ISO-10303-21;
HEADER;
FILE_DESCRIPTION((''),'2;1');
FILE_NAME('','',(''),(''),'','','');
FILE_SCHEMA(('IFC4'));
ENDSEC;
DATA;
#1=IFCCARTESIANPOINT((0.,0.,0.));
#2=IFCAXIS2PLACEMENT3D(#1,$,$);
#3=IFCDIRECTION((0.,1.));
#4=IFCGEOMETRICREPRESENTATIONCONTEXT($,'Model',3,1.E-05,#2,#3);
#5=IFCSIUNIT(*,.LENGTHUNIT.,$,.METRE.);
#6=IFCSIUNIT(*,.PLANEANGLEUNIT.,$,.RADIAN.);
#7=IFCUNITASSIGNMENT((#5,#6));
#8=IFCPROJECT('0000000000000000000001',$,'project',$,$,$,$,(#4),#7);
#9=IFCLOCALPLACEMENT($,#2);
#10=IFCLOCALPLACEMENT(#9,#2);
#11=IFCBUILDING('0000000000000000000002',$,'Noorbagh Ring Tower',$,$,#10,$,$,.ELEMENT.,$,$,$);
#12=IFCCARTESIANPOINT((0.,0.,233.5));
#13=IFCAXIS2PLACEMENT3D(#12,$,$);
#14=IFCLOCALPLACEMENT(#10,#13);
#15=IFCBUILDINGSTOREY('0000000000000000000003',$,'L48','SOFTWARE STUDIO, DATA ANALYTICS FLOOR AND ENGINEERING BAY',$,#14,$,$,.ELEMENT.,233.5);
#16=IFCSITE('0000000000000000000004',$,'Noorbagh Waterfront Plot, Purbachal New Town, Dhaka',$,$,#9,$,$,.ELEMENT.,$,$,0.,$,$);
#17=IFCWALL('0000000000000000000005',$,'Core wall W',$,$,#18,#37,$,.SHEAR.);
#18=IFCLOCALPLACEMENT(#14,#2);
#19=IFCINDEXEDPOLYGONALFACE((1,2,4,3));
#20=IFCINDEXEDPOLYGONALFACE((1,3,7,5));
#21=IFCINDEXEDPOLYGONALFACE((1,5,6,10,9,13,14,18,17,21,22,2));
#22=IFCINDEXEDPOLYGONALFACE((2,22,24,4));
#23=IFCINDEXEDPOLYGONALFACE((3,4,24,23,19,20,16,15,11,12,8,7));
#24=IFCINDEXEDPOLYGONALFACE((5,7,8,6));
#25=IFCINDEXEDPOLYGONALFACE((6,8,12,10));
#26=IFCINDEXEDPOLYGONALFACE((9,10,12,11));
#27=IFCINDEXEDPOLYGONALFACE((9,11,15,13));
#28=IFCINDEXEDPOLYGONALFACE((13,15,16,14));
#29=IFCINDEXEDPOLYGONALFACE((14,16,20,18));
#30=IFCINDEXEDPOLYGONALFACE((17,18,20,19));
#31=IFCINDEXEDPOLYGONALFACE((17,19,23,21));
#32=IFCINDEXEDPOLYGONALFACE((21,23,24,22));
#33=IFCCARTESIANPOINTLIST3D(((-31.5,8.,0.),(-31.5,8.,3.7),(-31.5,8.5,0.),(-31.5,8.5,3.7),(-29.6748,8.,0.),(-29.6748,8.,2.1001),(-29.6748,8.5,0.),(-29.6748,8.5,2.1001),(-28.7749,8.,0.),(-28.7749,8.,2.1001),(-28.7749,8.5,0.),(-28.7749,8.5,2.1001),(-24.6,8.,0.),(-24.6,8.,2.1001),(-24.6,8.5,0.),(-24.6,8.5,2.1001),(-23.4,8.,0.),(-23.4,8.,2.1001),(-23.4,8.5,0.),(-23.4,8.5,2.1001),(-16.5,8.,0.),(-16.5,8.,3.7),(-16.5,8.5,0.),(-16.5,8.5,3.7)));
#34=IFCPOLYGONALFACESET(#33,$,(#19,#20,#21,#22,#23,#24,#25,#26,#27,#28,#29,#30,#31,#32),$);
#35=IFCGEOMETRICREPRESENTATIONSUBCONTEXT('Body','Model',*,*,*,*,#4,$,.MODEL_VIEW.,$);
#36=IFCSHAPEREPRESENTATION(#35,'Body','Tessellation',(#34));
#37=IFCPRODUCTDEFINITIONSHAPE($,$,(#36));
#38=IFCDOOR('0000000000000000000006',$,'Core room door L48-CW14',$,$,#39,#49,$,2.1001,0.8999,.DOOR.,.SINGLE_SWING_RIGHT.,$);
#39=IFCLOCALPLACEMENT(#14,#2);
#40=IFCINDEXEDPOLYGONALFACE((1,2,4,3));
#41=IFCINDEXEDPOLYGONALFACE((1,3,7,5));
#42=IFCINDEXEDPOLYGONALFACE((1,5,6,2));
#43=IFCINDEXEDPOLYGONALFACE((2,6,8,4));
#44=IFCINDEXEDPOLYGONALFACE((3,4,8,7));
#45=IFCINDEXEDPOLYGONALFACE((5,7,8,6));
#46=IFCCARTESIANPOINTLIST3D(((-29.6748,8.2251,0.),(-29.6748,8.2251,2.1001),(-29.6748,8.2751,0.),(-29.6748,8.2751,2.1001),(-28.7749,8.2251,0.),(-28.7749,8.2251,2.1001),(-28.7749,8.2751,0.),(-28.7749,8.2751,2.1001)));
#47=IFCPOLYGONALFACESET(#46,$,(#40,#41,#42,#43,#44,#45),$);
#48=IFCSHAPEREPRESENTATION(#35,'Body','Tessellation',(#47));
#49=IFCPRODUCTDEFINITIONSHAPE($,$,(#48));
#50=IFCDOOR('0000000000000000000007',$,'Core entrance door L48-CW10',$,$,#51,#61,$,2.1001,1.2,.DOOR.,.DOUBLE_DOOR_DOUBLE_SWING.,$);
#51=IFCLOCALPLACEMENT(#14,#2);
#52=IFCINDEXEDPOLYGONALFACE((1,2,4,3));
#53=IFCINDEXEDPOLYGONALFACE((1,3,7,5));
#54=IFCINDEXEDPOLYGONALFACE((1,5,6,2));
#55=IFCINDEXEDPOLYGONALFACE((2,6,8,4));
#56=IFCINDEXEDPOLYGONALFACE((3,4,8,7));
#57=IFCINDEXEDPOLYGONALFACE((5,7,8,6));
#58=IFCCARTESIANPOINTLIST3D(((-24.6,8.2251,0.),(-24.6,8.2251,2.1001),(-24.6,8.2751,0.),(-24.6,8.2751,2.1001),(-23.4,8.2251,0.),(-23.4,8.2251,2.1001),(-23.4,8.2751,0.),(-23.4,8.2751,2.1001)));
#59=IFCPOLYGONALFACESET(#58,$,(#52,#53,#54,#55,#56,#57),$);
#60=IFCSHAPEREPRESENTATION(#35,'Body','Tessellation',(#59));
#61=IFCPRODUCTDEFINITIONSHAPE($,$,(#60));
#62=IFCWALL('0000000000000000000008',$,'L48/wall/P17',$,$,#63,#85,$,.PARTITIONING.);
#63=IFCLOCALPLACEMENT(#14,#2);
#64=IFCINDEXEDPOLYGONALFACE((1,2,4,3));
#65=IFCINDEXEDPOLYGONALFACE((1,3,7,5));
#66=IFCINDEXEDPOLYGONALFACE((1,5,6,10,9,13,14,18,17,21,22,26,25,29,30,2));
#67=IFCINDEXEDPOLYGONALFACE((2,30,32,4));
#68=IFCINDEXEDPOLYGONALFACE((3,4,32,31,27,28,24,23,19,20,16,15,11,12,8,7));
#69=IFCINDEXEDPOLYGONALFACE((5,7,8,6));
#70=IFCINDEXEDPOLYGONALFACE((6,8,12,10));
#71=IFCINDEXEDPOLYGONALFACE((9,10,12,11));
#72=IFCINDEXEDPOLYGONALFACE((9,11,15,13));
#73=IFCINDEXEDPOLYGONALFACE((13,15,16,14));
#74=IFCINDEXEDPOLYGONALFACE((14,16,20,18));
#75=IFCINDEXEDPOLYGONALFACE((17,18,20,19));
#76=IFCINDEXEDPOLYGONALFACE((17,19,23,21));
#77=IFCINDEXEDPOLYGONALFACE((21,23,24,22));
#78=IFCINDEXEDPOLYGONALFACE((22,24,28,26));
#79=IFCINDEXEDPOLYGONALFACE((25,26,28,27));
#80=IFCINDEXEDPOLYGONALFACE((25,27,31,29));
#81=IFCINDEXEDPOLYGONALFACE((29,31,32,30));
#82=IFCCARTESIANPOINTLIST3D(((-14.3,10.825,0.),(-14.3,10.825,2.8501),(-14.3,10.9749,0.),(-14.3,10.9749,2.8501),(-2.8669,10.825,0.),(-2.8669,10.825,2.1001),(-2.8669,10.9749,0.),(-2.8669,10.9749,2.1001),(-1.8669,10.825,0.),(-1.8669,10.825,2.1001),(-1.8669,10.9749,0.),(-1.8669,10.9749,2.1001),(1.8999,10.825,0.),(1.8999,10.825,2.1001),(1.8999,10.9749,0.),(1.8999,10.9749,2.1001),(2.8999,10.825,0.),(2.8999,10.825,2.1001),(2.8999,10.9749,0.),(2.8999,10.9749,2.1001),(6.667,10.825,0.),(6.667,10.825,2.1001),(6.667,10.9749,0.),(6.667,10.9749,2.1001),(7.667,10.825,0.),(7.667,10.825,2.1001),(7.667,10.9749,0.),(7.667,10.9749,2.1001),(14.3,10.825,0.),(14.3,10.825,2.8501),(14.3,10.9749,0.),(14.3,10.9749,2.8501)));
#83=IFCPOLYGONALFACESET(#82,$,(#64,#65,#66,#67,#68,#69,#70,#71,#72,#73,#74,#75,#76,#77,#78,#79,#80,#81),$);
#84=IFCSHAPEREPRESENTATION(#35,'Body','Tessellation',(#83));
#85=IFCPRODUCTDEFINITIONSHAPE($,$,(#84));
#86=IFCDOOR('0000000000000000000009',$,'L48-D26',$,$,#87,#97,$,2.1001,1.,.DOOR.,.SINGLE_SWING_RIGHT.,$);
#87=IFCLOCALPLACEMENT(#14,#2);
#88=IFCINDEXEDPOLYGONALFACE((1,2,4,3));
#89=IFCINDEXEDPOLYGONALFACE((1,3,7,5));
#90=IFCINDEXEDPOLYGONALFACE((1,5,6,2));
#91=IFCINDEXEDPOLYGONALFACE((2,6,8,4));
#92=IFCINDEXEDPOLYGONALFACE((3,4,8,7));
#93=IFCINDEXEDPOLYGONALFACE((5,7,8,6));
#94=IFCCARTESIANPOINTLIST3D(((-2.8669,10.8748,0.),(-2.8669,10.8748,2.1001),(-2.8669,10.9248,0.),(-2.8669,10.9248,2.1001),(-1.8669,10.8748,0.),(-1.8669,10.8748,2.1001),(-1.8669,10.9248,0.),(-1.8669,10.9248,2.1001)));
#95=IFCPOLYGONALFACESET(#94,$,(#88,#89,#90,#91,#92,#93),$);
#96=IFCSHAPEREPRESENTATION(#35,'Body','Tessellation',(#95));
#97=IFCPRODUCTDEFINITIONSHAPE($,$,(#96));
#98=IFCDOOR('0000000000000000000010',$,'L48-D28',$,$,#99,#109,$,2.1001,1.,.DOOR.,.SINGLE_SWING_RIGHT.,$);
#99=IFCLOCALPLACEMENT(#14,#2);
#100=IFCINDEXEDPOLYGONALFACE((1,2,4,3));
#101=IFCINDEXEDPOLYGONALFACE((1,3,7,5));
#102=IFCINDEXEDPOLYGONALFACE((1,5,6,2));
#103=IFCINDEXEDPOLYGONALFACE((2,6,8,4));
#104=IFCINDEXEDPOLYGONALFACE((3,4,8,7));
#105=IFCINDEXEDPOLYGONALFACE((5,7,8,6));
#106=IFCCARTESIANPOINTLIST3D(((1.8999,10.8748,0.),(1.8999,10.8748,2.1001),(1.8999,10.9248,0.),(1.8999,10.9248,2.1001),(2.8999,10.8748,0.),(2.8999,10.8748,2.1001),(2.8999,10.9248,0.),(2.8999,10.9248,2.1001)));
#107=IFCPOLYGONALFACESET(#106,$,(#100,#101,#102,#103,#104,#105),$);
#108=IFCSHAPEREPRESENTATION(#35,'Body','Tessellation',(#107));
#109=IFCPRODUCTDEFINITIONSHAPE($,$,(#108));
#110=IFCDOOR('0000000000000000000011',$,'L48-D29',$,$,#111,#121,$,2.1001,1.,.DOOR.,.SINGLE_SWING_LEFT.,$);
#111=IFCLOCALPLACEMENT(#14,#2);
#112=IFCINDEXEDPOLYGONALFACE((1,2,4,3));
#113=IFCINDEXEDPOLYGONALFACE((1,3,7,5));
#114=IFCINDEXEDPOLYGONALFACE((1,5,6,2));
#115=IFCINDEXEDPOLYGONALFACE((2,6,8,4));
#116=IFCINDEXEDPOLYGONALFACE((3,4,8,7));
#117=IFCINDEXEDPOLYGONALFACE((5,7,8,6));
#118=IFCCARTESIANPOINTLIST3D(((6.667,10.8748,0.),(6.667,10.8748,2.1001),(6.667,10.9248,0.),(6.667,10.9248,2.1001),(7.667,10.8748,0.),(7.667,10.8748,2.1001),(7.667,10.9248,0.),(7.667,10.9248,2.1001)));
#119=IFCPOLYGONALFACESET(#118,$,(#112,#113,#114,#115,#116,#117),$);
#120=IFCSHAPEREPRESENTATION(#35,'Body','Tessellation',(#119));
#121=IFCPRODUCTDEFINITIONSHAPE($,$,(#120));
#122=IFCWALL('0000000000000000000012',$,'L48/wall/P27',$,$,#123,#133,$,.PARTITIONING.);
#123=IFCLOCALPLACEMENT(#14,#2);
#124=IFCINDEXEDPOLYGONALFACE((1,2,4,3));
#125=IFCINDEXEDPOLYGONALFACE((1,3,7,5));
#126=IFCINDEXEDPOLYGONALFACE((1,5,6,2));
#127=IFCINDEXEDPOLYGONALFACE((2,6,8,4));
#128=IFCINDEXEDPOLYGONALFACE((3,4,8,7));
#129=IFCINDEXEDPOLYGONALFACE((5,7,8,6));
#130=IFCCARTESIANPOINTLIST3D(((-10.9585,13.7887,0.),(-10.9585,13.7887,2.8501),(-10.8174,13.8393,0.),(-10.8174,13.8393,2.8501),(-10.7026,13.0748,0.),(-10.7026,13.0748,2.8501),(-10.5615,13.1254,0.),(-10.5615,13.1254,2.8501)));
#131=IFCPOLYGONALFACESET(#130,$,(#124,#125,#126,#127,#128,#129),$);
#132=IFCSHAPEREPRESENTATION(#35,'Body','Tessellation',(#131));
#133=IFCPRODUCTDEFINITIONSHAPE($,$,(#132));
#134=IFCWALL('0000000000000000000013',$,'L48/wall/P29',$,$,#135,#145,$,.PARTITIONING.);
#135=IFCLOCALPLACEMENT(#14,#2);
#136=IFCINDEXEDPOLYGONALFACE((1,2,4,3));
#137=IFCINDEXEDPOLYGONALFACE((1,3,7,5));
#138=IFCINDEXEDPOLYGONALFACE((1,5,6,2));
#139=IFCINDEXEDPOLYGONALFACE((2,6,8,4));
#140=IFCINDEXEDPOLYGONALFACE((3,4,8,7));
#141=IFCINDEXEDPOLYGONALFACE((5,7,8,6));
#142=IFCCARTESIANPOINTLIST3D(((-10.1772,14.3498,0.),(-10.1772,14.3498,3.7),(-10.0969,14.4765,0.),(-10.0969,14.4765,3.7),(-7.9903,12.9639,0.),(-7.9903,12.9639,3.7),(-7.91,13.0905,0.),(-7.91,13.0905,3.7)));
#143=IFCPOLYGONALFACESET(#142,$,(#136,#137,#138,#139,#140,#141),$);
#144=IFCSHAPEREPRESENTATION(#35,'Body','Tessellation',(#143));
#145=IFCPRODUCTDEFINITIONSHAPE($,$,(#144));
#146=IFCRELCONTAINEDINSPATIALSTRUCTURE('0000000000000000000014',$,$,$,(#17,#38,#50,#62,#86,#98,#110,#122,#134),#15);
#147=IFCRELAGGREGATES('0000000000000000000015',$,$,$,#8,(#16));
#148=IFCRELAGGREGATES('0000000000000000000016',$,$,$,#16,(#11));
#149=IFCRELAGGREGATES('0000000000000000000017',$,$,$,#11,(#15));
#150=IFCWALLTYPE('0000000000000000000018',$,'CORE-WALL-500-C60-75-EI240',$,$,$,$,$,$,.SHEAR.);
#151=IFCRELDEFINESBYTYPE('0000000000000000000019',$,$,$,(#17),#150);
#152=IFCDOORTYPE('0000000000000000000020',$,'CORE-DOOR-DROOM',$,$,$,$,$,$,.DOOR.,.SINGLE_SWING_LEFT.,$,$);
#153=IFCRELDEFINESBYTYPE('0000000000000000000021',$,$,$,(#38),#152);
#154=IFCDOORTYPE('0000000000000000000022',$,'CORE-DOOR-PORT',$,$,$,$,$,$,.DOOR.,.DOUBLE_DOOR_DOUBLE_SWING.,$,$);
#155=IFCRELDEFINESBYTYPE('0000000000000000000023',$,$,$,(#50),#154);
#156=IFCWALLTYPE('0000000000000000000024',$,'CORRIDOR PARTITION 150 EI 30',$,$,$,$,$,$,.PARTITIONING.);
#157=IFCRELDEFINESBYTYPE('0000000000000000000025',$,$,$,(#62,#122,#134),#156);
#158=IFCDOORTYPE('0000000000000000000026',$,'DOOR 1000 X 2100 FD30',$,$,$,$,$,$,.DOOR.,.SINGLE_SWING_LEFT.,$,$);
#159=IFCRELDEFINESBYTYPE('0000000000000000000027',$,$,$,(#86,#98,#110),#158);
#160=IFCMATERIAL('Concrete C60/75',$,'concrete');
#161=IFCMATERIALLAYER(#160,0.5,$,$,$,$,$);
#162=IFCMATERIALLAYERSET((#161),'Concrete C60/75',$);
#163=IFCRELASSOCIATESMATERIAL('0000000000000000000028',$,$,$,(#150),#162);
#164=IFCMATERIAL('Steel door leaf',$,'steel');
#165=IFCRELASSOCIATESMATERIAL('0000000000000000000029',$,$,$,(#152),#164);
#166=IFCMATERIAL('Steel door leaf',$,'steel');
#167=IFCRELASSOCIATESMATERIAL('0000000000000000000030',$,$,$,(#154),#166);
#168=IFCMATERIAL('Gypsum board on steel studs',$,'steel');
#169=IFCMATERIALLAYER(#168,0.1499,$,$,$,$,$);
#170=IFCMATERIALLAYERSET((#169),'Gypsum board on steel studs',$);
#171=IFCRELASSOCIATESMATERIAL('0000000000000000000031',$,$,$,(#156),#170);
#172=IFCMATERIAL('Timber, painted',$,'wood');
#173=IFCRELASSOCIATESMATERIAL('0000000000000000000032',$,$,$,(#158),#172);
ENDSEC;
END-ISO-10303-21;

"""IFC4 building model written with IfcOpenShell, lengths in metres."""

from ifc_helpers import new_model, si_unit, direction, frame, frame_2d, origin, place, context, subcontext, project, spatial, rectangle, extrude, material, layer, layer_set, type_object, element, fill, save


model = new_model("IFC4")

# Units and contexts
model_context = context("Model", 3, precision=1e-05, world=origin(), true_north=direction((0.0, 1.0)))
body_context = subcontext(model_context, "Body", "Model", "MODEL_VIEW")
ifc_project = project(units=[si_unit("LENGTHUNIT", "METRE"), si_unit("PLANEANGLEUNIT", "RADIAN")], contexts=[model_context])

# Site, building, storey
site_placement = place(None, origin())
site = spatial("IfcSite", under=ifc_project, at=site_placement, Name="Noorbagh Waterfront Plot, Purbachal New Town, Dhaka", CompositionType="ELEMENT", RefElevation=0.0)
building_placement = place(site_placement, origin())
building = spatial("IfcBuilding", under=site, at=building_placement, Name="Noorbagh Ring Tower", CompositionType="ELEMENT")
storey_placement = place(building_placement, frame((0.0, 0.0, 233.5)))
storey = spatial("IfcBuildingStorey", under=building, at=storey_placement, Name="L48", Description="SOFTWARE STUDIO, DATA ANALYTICS FLOOR AND ENGINEERING BAY", CompositionType="ELEMENT", Elevation=233.5)

# Walls, openings, doors
ifc_material_1 = material(Name="Concrete C60/75", Category="concrete")
ifc_layer_1 = layer(ifc_material_1, 0.5)
ifc_layer_set_1 = layer_set([ifc_layer_1], Name="Concrete C60/75")
wall_type_1 = type_object("IfcWallType", Name="CORE-WALL-500-C60-75-EI240", PredefinedType="SHEAR", material=ifc_layer_set_1)
wall_1_placement = place(storey_placement, frame((-16.5, 8.25, 0.0), z_axis=(0.0, 0.0, 1.0), x_axis=(-1.0, 0.0, 0.0)))
wall_1 = element("IfcWall", 1, at=wall_1_placement, inside=storey, type_object=wall_type_1, Name="Core wall W", PredefinedType="SHEAR", context=body_context, shape_type="SweptSolid", body=[
    extrude(rectangle(XDim=15.0, YDim=0.5, at=frame_2d((7.5, 0.0))), origin(), (0.0, 0.0, 1.0), 3.7),
])
opening_1_placement = place(wall_1_placement, frame((6.8999, 0.0, 0.0)))
opening_1 = element("IfcOpeningElement", 2, at=opening_1_placement, cuts=wall_1, PredefinedType="OPENING", context=body_context, shape_type="SweptSolid", body=[
    extrude(rectangle(XDim=1.2, YDim=2.1001, at=frame_2d((0.6001, 1.05))), frame((0.0, 0.26, 0.0), z_axis=(0.0, -1.0, 0.0), x_axis=(1.0, 0.0, 0.0)), (0.0, 0.0, 1.0), 0.52),
])
opening_2_placement = place(wall_1_placement, frame((12.2749, 0.0, 0.0)))
opening_2 = element("IfcOpeningElement", 3, at=opening_2_placement, cuts=wall_1, PredefinedType="OPENING", context=body_context, shape_type="SweptSolid", body=[
    extrude(rectangle(XDim=0.8999, YDim=2.1001, at=frame_2d((0.45, 1.05))), frame((0.0, 0.26, 0.0), z_axis=(0.0, -1.0, 0.0), x_axis=(1.0, 0.0, 0.0)), (0.0, 0.0, 1.0), 0.52),
])
ifc_material_2 = material(Name="Steel door leaf", Category="steel")
door_type_1 = type_object("IfcDoorType", Name="CORE-DOOR-DROOM", OperationType="SINGLE_SWING_LEFT", PredefinedType="DOOR", material=ifc_material_2)
door_1_placement = place(opening_2_placement, origin())
door_1 = element("IfcDoor", 4, at=door_1_placement, inside=storey, type_object=door_type_1, Name="Core room door L48-CW14", OperationType="SINGLE_SWING_RIGHT", OverallHeight=2.1001, OverallWidth=0.8999, PredefinedType="DOOR", context=body_context, shape_type="SweptSolid", body=[
    extrude(rectangle(XDim=0.8999, YDim=2.1001, at=frame_2d((0.45, 1.05))), frame((0.0, 0.0249, 0.0), z_axis=(0.0, -1.0, 0.0), x_axis=(1.0, 0.0, 0.0)), (0.0, 0.0, 1.0), 0.05),
])
fill(opening_2, door_1)
ifc_material_3 = material(Name="Steel door leaf", Category="steel")
door_type_2 = type_object("IfcDoorType", Name="CORE-DOOR-PORT", OperationType="DOUBLE_DOOR_DOUBLE_SWING", PredefinedType="DOOR", material=ifc_material_3)
door_2_placement = place(opening_1_placement, origin())
door_2 = element("IfcDoor", 5, at=door_2_placement, inside=storey, type_object=door_type_2, Name="Core entrance door L48-CW10", OperationType="DOUBLE_DOOR_DOUBLE_SWING", OverallHeight=2.1001, OverallWidth=1.2, PredefinedType="DOOR", context=body_context, shape_type="SweptSolid", body=[
    extrude(rectangle(XDim=1.2, YDim=2.1001, at=frame_2d((0.6001, 1.05))), frame((0.0, 0.0249, 0.0), z_axis=(0.0, -1.0, 0.0), x_axis=(1.0, 0.0, 0.0)), (0.0, 0.0, 1.0), 0.05),
])
fill(opening_1, door_2)
ifc_material_4 = material(Name="Gypsum board on steel studs", Category="steel")
ifc_layer_2 = layer(ifc_material_4, 0.1499)
ifc_layer_set_2 = layer_set([ifc_layer_2], Name="Gypsum board on steel studs")
wall_type_2 = type_object("IfcWallType", Name="CORRIDOR PARTITION 150 EI 30", PredefinedType="PARTITIONING", material=ifc_layer_set_2)
wall_2_placement = place(storey_placement, frame((-14.3, 10.8999, 0.0), z_axis=(0.0, 0.0, 1.0), x_axis=(1.0, 0.0, 0.0)))
wall_2 = element("IfcWall", 6, at=wall_2_placement, inside=storey, type_object=wall_type_2, Name="L48/wall/P17", PredefinedType="PARTITIONING", context=body_context, shape_type="SweptSolid", body=[
    extrude(rectangle(XDim=28.6001, YDim=0.1499, at=frame_2d((14.3, 0.0))), origin(), (0.0, 0.0, 1.0), 2.8501),
])
opening_3_placement = place(wall_2_placement, frame((11.4331, 0.0, 0.0)))
opening_3 = element("IfcOpeningElement", 7, at=opening_3_placement, cuts=wall_2, PredefinedType="OPENING", context=body_context, shape_type="SweptSolid", body=[
    extrude(rectangle(XDim=1.0, YDim=2.1001, at=frame_2d((0.5, 1.05))), frame((0.0, 0.085, 0.0), z_axis=(0.0, -1.0, 0.0), x_axis=(1.0, 0.0, 0.0)), (0.0, 0.0, 1.0), 0.1699),
])
opening_4_placement = place(wall_2_placement, frame((16.2, 0.0, 0.0)))
opening_4 = element("IfcOpeningElement", 8, at=opening_4_placement, cuts=wall_2, PredefinedType="OPENING", context=body_context, shape_type="SweptSolid", body=[
    extrude(rectangle(XDim=1.0, YDim=2.1001, at=frame_2d((0.5, 1.05))), frame((0.0, 0.085, 0.0), z_axis=(0.0, -1.0, 0.0), x_axis=(1.0, 0.0, 0.0)), (0.0, 0.0, 1.0), 0.1699),
])
opening_5_placement = place(wall_2_placement, frame((20.967, 0.0, 0.0)))
opening_5 = element("IfcOpeningElement", 9, at=opening_5_placement, cuts=wall_2, PredefinedType="OPENING", context=body_context, shape_type="SweptSolid", body=[
    extrude(rectangle(XDim=1.0, YDim=2.1001, at=frame_2d((0.5, 1.05))), frame((0.0, 0.085, 0.0), z_axis=(0.0, -1.0, 0.0), x_axis=(1.0, 0.0, 0.0)), (0.0, 0.0, 1.0), 0.1699),
])
ifc_material_5 = material(Name="Timber, painted", Category="wood")
door_type_3 = type_object("IfcDoorType", Name="DOOR 1000 X 2100 FD30", OperationType="SINGLE_SWING_LEFT", PredefinedType="DOOR", material=ifc_material_5)
door_3_placement = place(opening_3_placement, origin())
door_3 = element("IfcDoor", 10, at=door_3_placement, inside=storey, type_object=door_type_3, Name="L48-D26", OperationType="SINGLE_SWING_RIGHT", OverallHeight=2.1001, OverallWidth=1.0, PredefinedType="DOOR", context=body_context, shape_type="SweptSolid", body=[
    extrude(rectangle(XDim=1.0, YDim=2.1001, at=frame_2d((0.5, 1.05))), frame((0.0, 0.0249, 0.0), z_axis=(0.0, -1.0, 0.0), x_axis=(1.0, 0.0, 0.0)), (0.0, 0.0, 1.0), 0.05),
])
fill(opening_3, door_3)
door_4_placement = place(opening_4_placement, origin())
door_4 = element("IfcDoor", 11, at=door_4_placement, inside=storey, type_object=door_type_3, Name="L48-D28", OperationType="SINGLE_SWING_RIGHT", OverallHeight=2.1001, OverallWidth=1.0, PredefinedType="DOOR", context=body_context, shape_type="SweptSolid", body=[
    extrude(rectangle(XDim=1.0, YDim=2.1001, at=frame_2d((0.5, 1.05))), frame((0.0, 0.0249, 0.0), z_axis=(0.0, -1.0, 0.0), x_axis=(1.0, 0.0, 0.0)), (0.0, 0.0, 1.0), 0.05),
])
fill(opening_4, door_4)
door_5_placement = place(opening_5_placement, origin())
door_5 = element("IfcDoor", 12, at=door_5_placement, inside=storey, type_object=door_type_3, Name="L48-D29", OperationType="SINGLE_SWING_LEFT", OverallHeight=2.1001, OverallWidth=1.0, PredefinedType="DOOR", context=body_context, shape_type="SweptSolid", body=[
    extrude(rectangle(XDim=1.0, YDim=2.1001, at=frame_2d((0.5, 1.05))), frame((0.0, 0.0249, 0.0), z_axis=(0.0, -1.0, 0.0), x_axis=(1.0, 0.0, 0.0)), (0.0, 0.0, 1.0), 0.05),
])
fill(opening_5, door_5)

# Walls
wall_3_placement = place(storey_placement, frame((-10.8879, 13.814, 0.0), z_axis=(0.0, 0.0, 1.0), x_axis=(0.337397, -0.941363, 0.0)))
element("IfcWall", 13, at=wall_3_placement, inside=storey, type_object=wall_type_2, Name="L48/wall/P27", PredefinedType="PARTITIONING", context=body_context, shape_type="SweptSolid", body=[
    extrude(rectangle(XDim=0.7583, YDim=0.1499, at=frame_2d((0.3792, 0.0))), origin(), (0.0, 0.0, 1.0), 2.8501),
])
wall_4_placement = place(storey_placement, frame((-10.137, 14.4131, 0.0), z_axis=(0.0, 0.0, 1.0), x_axis=(0.844666, -0.535294, 0.0)))
element("IfcWall", 14, at=wall_4_placement, inside=storey, type_object=wall_type_2, Name="L48/wall/P29", PredefinedType="PARTITIONING", context=body_context, shape_type="SweptSolid", body=[
    extrude(rectangle(XDim=2.5891, YDim=0.1499, at=frame_2d((1.2944, 0.0))), origin(), (0.0, 0.0, 1.0), 3.7),
])

save(model, "model.ifc")
